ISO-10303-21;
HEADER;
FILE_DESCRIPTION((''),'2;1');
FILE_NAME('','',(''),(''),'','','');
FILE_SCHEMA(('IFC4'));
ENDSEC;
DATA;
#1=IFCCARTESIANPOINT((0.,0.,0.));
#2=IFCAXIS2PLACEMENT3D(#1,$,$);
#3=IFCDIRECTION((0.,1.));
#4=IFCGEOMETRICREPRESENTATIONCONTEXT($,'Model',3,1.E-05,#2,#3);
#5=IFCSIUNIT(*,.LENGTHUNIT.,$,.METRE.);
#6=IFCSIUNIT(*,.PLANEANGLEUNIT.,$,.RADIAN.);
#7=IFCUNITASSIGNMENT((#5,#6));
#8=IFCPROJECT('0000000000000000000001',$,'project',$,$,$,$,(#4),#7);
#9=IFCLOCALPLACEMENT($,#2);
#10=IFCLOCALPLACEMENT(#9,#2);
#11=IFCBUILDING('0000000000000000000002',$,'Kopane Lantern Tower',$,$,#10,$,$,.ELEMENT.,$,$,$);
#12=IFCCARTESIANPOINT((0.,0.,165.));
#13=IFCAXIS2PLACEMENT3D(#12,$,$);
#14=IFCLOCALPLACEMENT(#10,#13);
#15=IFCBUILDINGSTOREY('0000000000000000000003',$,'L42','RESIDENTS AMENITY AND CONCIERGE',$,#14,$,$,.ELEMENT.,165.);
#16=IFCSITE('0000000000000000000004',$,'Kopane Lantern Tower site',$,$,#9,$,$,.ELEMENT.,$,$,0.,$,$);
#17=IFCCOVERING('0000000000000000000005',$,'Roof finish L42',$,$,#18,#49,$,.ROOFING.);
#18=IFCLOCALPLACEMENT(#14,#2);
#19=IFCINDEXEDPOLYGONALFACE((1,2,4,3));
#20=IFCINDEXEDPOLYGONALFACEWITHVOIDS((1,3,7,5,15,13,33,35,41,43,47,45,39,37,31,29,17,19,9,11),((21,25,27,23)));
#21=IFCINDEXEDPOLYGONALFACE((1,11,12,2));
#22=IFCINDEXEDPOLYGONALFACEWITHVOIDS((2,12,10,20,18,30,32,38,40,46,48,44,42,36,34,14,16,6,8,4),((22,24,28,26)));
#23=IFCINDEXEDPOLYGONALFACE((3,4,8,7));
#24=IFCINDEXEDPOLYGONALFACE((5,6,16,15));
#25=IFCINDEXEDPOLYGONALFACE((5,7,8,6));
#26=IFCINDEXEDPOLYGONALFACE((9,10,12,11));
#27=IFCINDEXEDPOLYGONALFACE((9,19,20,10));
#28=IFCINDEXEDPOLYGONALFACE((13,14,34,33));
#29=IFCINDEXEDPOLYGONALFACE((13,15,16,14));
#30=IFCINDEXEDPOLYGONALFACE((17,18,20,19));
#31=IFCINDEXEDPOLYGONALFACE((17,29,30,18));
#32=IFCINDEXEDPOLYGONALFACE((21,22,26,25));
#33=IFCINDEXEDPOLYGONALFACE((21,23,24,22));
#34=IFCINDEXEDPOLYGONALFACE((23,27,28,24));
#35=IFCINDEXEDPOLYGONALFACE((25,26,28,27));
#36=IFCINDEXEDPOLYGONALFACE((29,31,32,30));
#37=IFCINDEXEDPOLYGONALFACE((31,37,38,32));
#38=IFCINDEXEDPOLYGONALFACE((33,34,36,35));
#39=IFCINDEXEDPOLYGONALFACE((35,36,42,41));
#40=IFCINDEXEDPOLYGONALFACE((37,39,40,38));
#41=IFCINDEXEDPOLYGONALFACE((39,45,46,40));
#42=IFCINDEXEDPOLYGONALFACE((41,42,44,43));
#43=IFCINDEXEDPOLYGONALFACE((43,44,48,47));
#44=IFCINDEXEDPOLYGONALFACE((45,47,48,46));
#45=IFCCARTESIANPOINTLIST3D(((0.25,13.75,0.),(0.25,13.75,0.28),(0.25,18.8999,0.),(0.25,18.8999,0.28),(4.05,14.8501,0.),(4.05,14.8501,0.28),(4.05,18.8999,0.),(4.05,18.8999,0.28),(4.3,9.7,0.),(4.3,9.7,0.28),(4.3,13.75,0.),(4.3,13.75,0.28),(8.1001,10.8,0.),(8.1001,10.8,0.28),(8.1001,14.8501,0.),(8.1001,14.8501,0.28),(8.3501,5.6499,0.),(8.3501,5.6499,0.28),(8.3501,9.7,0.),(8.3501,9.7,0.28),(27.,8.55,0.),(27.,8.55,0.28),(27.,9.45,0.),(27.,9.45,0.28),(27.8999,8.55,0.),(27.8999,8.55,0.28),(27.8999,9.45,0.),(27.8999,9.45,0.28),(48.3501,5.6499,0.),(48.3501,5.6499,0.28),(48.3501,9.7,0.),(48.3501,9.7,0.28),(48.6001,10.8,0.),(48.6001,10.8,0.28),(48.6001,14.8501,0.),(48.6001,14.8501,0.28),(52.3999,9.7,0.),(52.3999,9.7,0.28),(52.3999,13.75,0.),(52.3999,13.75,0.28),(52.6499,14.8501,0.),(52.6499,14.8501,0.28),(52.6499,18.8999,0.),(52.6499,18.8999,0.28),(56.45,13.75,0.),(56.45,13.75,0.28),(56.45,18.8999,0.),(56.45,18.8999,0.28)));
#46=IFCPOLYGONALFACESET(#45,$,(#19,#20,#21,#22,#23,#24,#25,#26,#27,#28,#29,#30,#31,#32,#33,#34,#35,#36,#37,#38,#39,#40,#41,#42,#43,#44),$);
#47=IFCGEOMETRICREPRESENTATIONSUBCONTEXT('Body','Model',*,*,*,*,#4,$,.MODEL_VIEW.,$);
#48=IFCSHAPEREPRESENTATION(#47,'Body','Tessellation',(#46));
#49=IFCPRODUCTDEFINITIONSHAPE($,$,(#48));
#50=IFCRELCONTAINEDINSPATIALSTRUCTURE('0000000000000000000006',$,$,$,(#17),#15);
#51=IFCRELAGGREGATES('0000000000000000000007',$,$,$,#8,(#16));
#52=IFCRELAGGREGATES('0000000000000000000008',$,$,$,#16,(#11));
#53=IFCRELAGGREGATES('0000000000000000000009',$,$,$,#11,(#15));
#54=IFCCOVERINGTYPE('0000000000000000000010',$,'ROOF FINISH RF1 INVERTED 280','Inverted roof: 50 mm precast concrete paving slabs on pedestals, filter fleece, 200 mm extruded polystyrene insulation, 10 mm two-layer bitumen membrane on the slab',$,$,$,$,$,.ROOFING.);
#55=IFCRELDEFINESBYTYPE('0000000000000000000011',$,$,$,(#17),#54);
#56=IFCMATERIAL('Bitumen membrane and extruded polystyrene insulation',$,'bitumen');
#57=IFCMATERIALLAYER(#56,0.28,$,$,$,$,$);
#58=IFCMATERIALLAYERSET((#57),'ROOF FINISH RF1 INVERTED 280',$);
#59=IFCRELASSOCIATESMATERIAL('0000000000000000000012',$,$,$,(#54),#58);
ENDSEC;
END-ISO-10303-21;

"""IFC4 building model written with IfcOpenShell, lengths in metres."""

from ifc_helpers import new_model, si_unit, direction, frame, origin, place, context, subcontext, project, spatial, polyline, outline, extrude, material, layer, layer_set, type_object, element, save


model = new_model("IFC4")

# Units and contexts
model_context = context("Model", 3, precision=1e-05, world=origin(), true_north=direction((0.0, 1.0)))
body_context = subcontext(model_context, "Body", "Model", "MODEL_VIEW")
ifc_project = project(units=[si_unit("LENGTHUNIT", "METRE"), si_unit("PLANEANGLEUNIT", "RADIAN")], contexts=[model_context])

# Site, building, storey
site_placement = place(None, origin())
site = spatial("IfcSite", under=ifc_project, at=site_placement, Name="Kopane Lantern Tower site", CompositionType="ELEMENT", RefElevation=0.0)
building_placement = place(site_placement, origin())
building = spatial("IfcBuilding", under=site, at=building_placement, Name="Kopane Lantern Tower", CompositionType="ELEMENT")
storey_placement = place(building_placement, frame((0.0, 0.0, 165.0)))
storey = spatial("IfcBuildingStorey", under=building, at=storey_placement, Name="L42", Description="RESIDENTS AMENITY AND CONCIERGE", CompositionType="ELEMENT", Elevation=165.0)

# Covering
ifc_material_1 = material(Name="Bitumen membrane and extruded polystyrene insulation", Category="bitumen")
ifc_layer_1 = layer(ifc_material_1, 0.28)
ifc_layer_set_1 = layer_set([ifc_layer_1], Name="ROOF FINISH RF1 INVERTED 280")
covering_type = type_object("IfcCoveringType", Name="ROOF FINISH RF1 INVERTED 280", Description="Inverted roof: 50 mm precast concrete paving slabs on pedestals, filter fleece, 200 mm extruded polystyrene insulation, 10 mm two-layer bitumen membrane on the slab", PredefinedType="ROOFING", material=ifc_layer_set_1)
covering_placement = place(storey_placement, origin())
element("IfcCovering", 1, at=covering_placement, inside=storey, type_object=covering_type, Name="Roof finish L42", PredefinedType="ROOFING", context=body_context, shape_type="SweptSolid", body=[
    extrude(outline(polyline([(4.05, 18.8999), (0.25, 18.8999), (0.25, 13.75), (4.3, 13.75), (4.3, 9.7), (8.3501, 9.7), (8.3501, 5.6499), (48.3501, 5.6499), (48.3501, 9.7), (52.3999, 9.7), (52.3999, 13.75), (56.45, 13.75), (56.45, 18.8999), (52.6499, 18.8999), (52.6499, 14.8501), (48.6001, 14.8501), (48.6001, 10.8), (8.1001, 10.8), (8.1001, 14.8501), (4.05, 14.8501), (4.05, 18.8999)]), holes=[polyline([(27.8999, 9.45), (27.8999, 8.55), (27.0, 8.55), (27.0, 9.45), (27.8999, 9.45)])]), origin(), (0.0, 0.0, 1.0), 0.28),
])

save(model, "model.ifc")
